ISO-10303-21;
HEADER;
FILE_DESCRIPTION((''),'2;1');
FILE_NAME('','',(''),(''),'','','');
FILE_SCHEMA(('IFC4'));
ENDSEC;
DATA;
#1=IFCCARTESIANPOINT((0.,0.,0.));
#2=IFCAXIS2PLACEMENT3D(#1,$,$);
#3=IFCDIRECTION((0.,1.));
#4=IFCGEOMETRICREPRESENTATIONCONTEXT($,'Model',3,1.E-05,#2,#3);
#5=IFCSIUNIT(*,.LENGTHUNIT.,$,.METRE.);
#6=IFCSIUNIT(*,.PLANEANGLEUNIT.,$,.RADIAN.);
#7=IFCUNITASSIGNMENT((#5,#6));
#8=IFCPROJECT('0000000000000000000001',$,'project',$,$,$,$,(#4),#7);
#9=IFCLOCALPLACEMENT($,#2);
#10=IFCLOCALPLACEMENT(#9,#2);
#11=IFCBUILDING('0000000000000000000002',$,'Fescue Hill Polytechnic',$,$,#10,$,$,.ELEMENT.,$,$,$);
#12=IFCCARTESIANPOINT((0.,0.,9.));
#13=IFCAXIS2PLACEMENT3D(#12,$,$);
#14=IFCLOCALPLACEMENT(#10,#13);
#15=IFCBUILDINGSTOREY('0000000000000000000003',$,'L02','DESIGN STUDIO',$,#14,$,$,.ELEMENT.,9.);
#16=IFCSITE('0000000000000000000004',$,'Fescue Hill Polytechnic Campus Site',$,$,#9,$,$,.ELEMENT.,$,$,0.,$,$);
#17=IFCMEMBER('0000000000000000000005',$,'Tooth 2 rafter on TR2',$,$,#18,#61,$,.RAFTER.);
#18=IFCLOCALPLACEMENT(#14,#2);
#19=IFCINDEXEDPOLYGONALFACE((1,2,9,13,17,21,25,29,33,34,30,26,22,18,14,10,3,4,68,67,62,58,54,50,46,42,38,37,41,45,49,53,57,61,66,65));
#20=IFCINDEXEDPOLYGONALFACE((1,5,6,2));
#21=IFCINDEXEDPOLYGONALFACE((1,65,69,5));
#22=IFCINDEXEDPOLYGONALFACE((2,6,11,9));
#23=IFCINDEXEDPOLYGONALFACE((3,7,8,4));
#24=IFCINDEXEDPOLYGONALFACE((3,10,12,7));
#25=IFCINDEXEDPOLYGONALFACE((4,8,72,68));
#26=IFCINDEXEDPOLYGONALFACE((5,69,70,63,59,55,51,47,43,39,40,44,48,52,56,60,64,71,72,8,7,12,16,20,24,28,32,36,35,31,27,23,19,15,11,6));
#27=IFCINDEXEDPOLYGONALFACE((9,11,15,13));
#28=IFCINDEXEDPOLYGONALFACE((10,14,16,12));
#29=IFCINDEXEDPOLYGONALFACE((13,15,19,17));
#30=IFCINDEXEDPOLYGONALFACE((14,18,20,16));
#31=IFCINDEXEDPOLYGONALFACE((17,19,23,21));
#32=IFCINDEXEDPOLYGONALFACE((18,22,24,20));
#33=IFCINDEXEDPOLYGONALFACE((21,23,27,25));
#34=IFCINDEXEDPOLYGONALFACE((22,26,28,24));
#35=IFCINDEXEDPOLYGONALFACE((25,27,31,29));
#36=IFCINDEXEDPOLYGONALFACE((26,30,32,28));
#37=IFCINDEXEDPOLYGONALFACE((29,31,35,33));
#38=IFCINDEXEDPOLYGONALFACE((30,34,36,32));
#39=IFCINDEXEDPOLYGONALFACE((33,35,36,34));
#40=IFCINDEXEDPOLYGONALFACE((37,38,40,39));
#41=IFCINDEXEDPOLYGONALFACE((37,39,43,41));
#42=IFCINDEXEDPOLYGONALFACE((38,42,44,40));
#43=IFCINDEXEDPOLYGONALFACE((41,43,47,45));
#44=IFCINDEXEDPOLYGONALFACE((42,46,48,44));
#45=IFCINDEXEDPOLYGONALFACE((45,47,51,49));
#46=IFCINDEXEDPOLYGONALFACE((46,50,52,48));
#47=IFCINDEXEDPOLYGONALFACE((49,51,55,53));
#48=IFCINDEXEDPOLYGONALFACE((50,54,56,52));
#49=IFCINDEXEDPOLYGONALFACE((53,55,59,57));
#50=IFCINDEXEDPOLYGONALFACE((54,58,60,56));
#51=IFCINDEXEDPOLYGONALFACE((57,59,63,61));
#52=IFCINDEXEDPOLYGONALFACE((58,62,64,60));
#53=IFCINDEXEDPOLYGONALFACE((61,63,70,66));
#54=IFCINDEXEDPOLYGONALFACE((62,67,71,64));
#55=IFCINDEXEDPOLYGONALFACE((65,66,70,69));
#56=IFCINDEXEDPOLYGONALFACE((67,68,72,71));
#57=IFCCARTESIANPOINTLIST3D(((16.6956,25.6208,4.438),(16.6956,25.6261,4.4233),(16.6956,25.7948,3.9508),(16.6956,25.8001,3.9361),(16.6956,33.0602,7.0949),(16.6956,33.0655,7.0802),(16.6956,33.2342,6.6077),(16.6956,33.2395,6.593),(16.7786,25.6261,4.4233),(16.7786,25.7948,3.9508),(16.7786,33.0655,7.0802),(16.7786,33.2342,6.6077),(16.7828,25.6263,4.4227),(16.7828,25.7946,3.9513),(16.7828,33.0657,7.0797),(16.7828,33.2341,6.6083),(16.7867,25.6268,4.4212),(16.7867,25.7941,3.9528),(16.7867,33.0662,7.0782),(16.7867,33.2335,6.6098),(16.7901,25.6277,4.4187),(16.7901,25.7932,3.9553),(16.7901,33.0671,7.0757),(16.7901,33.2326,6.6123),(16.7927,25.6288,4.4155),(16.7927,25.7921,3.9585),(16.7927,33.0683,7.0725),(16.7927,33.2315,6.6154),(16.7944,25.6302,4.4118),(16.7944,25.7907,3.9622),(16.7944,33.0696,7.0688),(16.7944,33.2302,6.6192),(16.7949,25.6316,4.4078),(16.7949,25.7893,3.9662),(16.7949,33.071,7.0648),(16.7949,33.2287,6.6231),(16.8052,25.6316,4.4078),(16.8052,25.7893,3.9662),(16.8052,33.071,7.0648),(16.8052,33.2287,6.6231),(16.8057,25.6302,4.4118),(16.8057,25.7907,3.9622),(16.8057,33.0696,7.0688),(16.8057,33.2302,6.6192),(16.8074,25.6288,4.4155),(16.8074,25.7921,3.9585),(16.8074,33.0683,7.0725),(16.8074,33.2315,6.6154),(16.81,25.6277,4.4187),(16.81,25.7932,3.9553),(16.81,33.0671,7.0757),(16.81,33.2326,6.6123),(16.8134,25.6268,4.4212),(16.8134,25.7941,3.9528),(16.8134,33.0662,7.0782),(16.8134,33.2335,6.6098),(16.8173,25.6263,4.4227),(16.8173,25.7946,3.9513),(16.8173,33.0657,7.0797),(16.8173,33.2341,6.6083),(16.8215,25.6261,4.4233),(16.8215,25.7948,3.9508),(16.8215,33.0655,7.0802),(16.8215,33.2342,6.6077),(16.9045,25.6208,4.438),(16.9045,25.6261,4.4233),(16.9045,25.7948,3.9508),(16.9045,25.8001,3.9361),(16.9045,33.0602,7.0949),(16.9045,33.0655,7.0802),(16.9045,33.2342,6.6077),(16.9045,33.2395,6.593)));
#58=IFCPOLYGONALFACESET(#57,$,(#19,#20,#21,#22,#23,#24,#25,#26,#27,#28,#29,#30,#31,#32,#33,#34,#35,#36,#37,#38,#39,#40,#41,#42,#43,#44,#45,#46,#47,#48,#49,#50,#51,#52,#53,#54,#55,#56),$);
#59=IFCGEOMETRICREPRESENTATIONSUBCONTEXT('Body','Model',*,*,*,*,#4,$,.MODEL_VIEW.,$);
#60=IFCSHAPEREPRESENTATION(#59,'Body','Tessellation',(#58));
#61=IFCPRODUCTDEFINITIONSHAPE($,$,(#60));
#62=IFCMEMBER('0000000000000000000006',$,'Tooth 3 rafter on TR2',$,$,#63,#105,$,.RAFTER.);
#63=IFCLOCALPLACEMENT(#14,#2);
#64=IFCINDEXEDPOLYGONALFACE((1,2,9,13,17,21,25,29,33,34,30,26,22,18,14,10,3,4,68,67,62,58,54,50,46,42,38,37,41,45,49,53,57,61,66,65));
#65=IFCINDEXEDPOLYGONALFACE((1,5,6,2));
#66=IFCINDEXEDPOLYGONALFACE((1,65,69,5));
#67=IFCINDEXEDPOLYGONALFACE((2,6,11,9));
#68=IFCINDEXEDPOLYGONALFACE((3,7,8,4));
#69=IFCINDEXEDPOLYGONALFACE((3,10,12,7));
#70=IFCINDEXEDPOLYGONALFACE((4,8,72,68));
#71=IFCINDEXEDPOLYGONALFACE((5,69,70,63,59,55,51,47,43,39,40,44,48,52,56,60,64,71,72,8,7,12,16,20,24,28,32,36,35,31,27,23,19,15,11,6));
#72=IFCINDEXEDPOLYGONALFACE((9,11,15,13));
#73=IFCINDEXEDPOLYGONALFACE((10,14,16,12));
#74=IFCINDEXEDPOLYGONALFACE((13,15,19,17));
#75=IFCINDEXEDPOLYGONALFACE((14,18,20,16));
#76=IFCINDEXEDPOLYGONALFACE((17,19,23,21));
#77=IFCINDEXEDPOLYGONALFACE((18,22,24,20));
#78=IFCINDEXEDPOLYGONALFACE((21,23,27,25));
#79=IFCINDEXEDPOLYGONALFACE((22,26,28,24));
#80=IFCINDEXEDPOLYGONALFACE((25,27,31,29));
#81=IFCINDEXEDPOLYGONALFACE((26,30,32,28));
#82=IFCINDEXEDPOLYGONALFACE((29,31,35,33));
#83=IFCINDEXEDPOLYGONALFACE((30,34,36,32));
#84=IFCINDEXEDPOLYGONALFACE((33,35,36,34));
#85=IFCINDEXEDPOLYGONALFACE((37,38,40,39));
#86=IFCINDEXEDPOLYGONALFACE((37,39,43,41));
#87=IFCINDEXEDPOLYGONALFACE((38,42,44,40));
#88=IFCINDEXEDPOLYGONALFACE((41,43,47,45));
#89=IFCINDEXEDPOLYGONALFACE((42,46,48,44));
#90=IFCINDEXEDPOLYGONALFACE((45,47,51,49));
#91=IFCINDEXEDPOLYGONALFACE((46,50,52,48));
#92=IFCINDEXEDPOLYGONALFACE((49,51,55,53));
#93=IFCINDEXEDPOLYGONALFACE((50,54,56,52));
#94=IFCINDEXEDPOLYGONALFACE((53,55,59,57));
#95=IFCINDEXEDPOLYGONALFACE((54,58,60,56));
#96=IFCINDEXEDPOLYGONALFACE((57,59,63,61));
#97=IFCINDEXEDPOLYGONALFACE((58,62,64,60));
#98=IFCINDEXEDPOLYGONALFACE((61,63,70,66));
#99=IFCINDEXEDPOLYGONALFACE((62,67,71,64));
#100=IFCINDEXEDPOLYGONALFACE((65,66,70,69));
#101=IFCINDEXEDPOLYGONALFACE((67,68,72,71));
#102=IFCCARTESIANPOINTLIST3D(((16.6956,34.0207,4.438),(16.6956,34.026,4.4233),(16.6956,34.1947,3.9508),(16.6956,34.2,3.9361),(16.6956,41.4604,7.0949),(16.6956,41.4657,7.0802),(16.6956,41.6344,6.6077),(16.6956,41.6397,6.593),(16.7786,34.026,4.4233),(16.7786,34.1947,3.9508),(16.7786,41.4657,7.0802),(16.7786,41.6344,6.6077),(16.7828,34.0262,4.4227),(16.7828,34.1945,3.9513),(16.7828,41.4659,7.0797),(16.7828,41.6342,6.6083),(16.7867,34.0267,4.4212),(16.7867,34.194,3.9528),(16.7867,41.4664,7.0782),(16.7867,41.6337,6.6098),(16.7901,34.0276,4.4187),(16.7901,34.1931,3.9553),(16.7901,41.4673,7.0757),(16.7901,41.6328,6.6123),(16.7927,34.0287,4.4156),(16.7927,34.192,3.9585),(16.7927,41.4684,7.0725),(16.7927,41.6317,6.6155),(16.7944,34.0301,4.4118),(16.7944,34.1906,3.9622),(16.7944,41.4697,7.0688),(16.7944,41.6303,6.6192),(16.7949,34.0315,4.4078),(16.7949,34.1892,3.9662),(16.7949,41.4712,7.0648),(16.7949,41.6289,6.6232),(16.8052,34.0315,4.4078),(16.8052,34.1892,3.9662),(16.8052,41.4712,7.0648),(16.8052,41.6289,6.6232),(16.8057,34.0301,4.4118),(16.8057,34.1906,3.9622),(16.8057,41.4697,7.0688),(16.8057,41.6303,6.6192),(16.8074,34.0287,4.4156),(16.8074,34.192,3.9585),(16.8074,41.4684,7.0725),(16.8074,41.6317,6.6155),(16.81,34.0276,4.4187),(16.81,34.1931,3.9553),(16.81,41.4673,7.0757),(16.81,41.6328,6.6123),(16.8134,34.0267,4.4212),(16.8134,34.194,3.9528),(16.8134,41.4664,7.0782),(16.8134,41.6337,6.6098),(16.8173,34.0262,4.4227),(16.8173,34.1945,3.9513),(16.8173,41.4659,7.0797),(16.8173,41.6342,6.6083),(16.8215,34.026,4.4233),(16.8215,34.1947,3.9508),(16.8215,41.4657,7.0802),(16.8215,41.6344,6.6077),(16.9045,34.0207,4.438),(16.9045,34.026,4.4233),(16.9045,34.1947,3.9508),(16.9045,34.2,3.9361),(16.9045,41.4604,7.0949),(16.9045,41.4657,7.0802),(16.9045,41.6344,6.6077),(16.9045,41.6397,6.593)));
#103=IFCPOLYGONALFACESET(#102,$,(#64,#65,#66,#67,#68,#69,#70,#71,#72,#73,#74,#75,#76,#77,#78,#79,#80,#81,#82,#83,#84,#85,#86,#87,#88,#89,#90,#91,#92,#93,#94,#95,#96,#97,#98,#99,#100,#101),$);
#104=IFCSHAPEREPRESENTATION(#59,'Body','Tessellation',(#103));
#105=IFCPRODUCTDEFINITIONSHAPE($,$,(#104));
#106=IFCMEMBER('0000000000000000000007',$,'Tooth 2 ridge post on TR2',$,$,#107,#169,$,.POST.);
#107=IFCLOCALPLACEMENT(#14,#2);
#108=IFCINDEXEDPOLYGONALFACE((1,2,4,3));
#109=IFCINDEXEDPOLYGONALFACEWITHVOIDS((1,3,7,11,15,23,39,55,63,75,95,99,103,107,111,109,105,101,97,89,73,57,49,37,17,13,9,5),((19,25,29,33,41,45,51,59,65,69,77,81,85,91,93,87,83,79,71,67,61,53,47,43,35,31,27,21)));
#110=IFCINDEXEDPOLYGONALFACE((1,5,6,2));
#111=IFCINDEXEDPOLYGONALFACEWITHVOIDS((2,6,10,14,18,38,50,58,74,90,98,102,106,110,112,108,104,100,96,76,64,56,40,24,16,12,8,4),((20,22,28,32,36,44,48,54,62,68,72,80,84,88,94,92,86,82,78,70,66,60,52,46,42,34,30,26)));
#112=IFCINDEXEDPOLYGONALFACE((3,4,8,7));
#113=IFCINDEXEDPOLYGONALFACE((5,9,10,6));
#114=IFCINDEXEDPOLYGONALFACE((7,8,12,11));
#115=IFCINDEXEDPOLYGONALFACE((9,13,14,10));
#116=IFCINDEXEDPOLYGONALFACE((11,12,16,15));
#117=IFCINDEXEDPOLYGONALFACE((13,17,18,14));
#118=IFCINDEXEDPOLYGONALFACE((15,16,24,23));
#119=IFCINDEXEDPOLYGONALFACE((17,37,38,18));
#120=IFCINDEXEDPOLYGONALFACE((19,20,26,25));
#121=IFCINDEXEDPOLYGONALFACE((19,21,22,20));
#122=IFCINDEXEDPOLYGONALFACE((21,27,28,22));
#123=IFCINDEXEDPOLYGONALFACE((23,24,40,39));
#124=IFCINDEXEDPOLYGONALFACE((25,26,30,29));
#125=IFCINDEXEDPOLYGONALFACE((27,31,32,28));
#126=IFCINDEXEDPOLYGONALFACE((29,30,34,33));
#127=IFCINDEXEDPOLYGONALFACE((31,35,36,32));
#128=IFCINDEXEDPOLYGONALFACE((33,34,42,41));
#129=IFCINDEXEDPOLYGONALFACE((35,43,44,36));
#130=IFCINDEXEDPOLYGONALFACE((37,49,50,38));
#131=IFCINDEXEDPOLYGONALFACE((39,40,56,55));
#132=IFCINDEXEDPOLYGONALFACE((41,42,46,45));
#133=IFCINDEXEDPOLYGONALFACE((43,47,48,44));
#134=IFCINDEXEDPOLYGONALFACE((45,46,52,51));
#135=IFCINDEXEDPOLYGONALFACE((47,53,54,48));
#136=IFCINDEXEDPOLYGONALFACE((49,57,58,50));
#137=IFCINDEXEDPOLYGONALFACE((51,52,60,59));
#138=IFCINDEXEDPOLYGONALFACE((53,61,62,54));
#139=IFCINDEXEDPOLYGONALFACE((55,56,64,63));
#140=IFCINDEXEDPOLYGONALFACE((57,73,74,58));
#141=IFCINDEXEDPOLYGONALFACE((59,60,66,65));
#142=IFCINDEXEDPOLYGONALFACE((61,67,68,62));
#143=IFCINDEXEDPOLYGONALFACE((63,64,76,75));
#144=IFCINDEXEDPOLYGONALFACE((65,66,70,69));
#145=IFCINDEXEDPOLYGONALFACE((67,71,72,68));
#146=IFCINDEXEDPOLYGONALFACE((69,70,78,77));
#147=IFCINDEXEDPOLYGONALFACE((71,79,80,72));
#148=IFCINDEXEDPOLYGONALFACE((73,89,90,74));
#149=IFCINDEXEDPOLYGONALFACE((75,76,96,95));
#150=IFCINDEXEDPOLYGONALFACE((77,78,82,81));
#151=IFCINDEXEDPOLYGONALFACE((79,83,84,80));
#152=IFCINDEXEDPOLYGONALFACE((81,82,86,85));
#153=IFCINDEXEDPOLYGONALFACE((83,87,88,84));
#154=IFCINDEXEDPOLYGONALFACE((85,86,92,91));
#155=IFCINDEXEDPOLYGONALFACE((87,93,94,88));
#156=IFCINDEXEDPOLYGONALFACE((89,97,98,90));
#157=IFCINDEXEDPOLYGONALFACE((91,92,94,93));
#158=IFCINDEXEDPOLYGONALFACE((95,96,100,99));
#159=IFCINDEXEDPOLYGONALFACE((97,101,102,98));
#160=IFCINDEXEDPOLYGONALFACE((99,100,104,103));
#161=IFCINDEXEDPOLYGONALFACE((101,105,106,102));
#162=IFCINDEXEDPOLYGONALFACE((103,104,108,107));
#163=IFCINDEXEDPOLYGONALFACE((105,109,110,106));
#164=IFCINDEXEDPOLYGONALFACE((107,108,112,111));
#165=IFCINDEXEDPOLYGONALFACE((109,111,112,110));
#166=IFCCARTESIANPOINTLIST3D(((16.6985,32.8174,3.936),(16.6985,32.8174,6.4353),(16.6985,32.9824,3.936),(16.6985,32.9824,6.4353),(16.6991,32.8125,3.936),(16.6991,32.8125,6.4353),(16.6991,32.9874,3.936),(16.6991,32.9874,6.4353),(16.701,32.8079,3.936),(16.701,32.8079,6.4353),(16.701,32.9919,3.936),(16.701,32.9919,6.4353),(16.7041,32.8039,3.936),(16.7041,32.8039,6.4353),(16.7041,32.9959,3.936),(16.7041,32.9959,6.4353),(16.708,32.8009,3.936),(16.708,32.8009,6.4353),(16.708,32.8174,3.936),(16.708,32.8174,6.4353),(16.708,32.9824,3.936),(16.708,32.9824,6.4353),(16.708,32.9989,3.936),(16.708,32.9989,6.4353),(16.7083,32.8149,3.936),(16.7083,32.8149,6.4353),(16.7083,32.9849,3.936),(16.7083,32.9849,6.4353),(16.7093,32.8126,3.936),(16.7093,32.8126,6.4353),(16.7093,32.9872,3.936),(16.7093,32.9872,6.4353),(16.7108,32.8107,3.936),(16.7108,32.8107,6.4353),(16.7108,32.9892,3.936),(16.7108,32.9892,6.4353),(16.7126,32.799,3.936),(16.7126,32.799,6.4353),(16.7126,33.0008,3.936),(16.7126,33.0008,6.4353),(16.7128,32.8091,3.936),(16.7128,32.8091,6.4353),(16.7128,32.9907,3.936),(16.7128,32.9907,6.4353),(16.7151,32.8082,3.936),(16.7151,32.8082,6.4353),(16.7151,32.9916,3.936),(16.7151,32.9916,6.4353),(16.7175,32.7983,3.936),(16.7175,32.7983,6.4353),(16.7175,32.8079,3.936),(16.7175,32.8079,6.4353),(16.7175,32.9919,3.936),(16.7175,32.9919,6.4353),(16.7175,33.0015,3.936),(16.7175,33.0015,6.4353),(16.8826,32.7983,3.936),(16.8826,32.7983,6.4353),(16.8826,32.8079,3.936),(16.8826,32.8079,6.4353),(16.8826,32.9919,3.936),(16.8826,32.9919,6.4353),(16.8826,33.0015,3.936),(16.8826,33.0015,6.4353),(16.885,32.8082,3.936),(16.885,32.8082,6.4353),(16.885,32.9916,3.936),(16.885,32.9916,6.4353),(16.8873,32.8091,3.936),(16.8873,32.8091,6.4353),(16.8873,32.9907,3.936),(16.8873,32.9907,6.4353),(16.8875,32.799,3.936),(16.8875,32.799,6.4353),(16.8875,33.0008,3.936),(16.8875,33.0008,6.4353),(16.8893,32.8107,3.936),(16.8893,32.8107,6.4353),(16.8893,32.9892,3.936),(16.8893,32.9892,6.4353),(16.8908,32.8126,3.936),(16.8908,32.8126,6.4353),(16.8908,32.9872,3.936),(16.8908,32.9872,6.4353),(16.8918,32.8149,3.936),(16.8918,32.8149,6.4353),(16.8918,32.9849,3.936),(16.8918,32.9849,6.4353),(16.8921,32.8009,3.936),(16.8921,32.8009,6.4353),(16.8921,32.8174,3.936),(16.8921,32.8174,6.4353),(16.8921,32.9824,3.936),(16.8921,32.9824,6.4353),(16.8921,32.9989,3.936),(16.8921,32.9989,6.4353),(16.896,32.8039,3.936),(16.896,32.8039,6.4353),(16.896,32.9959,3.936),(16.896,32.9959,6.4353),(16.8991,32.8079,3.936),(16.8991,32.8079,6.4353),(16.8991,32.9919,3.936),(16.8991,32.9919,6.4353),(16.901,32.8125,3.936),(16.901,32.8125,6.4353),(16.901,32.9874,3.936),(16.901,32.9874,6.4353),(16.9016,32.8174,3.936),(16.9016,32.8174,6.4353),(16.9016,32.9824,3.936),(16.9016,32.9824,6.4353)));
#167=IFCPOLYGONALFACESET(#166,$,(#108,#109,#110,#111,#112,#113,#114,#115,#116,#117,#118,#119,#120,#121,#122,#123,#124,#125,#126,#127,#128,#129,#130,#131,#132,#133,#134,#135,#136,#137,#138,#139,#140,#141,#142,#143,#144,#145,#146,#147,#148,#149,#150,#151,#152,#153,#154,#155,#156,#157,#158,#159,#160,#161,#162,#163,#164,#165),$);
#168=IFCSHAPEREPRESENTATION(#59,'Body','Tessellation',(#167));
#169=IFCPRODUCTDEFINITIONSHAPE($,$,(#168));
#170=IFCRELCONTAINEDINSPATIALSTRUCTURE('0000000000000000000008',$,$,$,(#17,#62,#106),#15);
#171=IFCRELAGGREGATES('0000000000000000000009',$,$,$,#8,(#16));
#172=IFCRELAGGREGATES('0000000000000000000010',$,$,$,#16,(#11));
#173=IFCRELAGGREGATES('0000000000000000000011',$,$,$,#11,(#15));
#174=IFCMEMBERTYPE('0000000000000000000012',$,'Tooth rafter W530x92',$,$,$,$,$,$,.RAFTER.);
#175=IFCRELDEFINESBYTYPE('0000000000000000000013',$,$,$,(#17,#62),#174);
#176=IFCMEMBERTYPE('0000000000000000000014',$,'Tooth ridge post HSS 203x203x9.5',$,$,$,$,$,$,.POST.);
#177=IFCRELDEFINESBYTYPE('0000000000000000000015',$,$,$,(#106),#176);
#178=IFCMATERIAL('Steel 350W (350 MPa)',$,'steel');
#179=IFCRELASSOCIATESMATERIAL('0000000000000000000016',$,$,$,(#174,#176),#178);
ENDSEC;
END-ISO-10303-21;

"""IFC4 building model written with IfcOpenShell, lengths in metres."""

from ifc_helpers import new_model, si_unit, direction, frame, origin, origin_2d, place, context, subcontext, project, spatial, hollow_rectangle, i_section, extrude, material, material_profile, profile_set, type_object, element, save


model = new_model("IFC4")

# Units and contexts
model_context = context("Model", 3, precision=1e-05, world=origin(), true_north=direction((0.0, 1.0)))
body_context = subcontext(model_context, "Body", "Model", "MODEL_VIEW")
ifc_project = project(units=[si_unit("LENGTHUNIT", "METRE"), si_unit("PLANEANGLEUNIT", "RADIAN")], contexts=[model_context])

# Site, building, storey
site_placement = place(None, origin())
site = spatial("IfcSite", under=ifc_project, at=site_placement, Name="Fescue Hill Polytechnic Campus Site", CompositionType="ELEMENT", RefElevation=0.0)
building_placement = place(site_placement, origin())
building = spatial("IfcBuilding", under=site, at=building_placement, Name="Fescue Hill Polytechnic", CompositionType="ELEMENT")
storey_placement = place(building_placement, frame((0.0, 0.0, 9.0)))
storey = spatial("IfcBuildingStorey", under=building, at=storey_placement, Name="L02", Description="DESIGN STUDIO", CompositionType="ELEMENT", Elevation=9.0)

# Members
ifc_material = material(Name="Steel 350W (350 MPa)", Category="steel")
ifc_material_profile_1 = material_profile(ifc_material, i_section(OverallWidth=0.209, OverallDepth=0.533, WebThickness=0.0103, FlangeThickness=0.0156, FilletRadius=0.0164, at=origin_2d()), Name="W530x92")
ifc_profile_set_1 = profile_set([ifc_material_profile_1], Name="Steel 350W (350 MPa)")
member_type_1 = type_object("IfcMemberType", Name="Tooth rafter W530x92", PredefinedType="RAFTER", material=ifc_profile_set_1)
member_1_placement = place(storey_placement, frame((16.8, 25.7104, 4.187), z_axis=(0.0, 0.941741, 0.33634), x_axis=(-1.0, 0.0, 0.0)))
element("IfcMember", 1, at=member_1_placement, inside=storey, type_object=member_type_1, Name="Tooth 2 rafter on TR2", PredefinedType="RAFTER", context=body_context, shape_type="SweptSolid", body=[
    extrude(i_section(OverallWidth=0.209, OverallDepth=0.533, WebThickness=0.0103, FlangeThickness=0.0156, FilletRadius=0.0164, at=origin_2d()), origin(), (0.0, 0.0, 1.0), 7.8997),
])
member_2_placement = place(storey_placement, frame((16.8, 34.1104, 4.187), z_axis=(0.0, 0.941744, 0.336331), x_axis=(-1.0, 0.0, 0.0)))
element("IfcMember", 2, at=member_2_placement, inside=storey, type_object=member_type_1, Name="Tooth 3 rafter on TR2", PredefinedType="RAFTER", context=body_context, shape_type="SweptSolid", body=[
    extrude(i_section(OverallWidth=0.209, OverallDepth=0.533, WebThickness=0.0103, FlangeThickness=0.0156, FilletRadius=0.0164, at=origin_2d()), origin(), (0.0, 0.0, 1.0), 7.8999),
])
ifc_material_profile_2 = material_profile(ifc_material, hollow_rectangle(XDim=0.2031, YDim=0.2031, WallThickness=0.0095, InnerFilletRadius=0.0095, OuterFilletRadius=0.019, at=origin_2d()), Name="Tooth ridge post HSS 203x203x9.5")
ifc_profile_set_2 = profile_set([ifc_material_profile_2], Name="Steel 350W (350 MPa)")
member_type_2 = type_object("IfcMemberType", Name="Tooth ridge post HSS 203x203x9.5", PredefinedType="POST", material=ifc_profile_set_2)
for number, where, z_axis, x_axis, name in (
    (3, (16.8, 32.8999, 3.936), (0.0, 0.0, 1.0), (1.0, 0.0, 0.0), "Tooth 2 ridge post on TR2"),
):
    element("IfcMember", number, at=place(storey_placement, frame(where, z_axis=z_axis, x_axis=x_axis)), inside=storey, type_object=member_type_2, Name=name, PredefinedType="POST", context=body_context, shape_type="SweptSolid", body=[
        extrude(hollow_rectangle(XDim=0.2031, YDim=0.2031, WallThickness=0.0095, InnerFilletRadius=0.0095, OuterFilletRadius=0.019, at=origin_2d()), origin(), (0.0, 0.0, 1.0), 2.4993),
    ])

save(model, "model.ifc")
